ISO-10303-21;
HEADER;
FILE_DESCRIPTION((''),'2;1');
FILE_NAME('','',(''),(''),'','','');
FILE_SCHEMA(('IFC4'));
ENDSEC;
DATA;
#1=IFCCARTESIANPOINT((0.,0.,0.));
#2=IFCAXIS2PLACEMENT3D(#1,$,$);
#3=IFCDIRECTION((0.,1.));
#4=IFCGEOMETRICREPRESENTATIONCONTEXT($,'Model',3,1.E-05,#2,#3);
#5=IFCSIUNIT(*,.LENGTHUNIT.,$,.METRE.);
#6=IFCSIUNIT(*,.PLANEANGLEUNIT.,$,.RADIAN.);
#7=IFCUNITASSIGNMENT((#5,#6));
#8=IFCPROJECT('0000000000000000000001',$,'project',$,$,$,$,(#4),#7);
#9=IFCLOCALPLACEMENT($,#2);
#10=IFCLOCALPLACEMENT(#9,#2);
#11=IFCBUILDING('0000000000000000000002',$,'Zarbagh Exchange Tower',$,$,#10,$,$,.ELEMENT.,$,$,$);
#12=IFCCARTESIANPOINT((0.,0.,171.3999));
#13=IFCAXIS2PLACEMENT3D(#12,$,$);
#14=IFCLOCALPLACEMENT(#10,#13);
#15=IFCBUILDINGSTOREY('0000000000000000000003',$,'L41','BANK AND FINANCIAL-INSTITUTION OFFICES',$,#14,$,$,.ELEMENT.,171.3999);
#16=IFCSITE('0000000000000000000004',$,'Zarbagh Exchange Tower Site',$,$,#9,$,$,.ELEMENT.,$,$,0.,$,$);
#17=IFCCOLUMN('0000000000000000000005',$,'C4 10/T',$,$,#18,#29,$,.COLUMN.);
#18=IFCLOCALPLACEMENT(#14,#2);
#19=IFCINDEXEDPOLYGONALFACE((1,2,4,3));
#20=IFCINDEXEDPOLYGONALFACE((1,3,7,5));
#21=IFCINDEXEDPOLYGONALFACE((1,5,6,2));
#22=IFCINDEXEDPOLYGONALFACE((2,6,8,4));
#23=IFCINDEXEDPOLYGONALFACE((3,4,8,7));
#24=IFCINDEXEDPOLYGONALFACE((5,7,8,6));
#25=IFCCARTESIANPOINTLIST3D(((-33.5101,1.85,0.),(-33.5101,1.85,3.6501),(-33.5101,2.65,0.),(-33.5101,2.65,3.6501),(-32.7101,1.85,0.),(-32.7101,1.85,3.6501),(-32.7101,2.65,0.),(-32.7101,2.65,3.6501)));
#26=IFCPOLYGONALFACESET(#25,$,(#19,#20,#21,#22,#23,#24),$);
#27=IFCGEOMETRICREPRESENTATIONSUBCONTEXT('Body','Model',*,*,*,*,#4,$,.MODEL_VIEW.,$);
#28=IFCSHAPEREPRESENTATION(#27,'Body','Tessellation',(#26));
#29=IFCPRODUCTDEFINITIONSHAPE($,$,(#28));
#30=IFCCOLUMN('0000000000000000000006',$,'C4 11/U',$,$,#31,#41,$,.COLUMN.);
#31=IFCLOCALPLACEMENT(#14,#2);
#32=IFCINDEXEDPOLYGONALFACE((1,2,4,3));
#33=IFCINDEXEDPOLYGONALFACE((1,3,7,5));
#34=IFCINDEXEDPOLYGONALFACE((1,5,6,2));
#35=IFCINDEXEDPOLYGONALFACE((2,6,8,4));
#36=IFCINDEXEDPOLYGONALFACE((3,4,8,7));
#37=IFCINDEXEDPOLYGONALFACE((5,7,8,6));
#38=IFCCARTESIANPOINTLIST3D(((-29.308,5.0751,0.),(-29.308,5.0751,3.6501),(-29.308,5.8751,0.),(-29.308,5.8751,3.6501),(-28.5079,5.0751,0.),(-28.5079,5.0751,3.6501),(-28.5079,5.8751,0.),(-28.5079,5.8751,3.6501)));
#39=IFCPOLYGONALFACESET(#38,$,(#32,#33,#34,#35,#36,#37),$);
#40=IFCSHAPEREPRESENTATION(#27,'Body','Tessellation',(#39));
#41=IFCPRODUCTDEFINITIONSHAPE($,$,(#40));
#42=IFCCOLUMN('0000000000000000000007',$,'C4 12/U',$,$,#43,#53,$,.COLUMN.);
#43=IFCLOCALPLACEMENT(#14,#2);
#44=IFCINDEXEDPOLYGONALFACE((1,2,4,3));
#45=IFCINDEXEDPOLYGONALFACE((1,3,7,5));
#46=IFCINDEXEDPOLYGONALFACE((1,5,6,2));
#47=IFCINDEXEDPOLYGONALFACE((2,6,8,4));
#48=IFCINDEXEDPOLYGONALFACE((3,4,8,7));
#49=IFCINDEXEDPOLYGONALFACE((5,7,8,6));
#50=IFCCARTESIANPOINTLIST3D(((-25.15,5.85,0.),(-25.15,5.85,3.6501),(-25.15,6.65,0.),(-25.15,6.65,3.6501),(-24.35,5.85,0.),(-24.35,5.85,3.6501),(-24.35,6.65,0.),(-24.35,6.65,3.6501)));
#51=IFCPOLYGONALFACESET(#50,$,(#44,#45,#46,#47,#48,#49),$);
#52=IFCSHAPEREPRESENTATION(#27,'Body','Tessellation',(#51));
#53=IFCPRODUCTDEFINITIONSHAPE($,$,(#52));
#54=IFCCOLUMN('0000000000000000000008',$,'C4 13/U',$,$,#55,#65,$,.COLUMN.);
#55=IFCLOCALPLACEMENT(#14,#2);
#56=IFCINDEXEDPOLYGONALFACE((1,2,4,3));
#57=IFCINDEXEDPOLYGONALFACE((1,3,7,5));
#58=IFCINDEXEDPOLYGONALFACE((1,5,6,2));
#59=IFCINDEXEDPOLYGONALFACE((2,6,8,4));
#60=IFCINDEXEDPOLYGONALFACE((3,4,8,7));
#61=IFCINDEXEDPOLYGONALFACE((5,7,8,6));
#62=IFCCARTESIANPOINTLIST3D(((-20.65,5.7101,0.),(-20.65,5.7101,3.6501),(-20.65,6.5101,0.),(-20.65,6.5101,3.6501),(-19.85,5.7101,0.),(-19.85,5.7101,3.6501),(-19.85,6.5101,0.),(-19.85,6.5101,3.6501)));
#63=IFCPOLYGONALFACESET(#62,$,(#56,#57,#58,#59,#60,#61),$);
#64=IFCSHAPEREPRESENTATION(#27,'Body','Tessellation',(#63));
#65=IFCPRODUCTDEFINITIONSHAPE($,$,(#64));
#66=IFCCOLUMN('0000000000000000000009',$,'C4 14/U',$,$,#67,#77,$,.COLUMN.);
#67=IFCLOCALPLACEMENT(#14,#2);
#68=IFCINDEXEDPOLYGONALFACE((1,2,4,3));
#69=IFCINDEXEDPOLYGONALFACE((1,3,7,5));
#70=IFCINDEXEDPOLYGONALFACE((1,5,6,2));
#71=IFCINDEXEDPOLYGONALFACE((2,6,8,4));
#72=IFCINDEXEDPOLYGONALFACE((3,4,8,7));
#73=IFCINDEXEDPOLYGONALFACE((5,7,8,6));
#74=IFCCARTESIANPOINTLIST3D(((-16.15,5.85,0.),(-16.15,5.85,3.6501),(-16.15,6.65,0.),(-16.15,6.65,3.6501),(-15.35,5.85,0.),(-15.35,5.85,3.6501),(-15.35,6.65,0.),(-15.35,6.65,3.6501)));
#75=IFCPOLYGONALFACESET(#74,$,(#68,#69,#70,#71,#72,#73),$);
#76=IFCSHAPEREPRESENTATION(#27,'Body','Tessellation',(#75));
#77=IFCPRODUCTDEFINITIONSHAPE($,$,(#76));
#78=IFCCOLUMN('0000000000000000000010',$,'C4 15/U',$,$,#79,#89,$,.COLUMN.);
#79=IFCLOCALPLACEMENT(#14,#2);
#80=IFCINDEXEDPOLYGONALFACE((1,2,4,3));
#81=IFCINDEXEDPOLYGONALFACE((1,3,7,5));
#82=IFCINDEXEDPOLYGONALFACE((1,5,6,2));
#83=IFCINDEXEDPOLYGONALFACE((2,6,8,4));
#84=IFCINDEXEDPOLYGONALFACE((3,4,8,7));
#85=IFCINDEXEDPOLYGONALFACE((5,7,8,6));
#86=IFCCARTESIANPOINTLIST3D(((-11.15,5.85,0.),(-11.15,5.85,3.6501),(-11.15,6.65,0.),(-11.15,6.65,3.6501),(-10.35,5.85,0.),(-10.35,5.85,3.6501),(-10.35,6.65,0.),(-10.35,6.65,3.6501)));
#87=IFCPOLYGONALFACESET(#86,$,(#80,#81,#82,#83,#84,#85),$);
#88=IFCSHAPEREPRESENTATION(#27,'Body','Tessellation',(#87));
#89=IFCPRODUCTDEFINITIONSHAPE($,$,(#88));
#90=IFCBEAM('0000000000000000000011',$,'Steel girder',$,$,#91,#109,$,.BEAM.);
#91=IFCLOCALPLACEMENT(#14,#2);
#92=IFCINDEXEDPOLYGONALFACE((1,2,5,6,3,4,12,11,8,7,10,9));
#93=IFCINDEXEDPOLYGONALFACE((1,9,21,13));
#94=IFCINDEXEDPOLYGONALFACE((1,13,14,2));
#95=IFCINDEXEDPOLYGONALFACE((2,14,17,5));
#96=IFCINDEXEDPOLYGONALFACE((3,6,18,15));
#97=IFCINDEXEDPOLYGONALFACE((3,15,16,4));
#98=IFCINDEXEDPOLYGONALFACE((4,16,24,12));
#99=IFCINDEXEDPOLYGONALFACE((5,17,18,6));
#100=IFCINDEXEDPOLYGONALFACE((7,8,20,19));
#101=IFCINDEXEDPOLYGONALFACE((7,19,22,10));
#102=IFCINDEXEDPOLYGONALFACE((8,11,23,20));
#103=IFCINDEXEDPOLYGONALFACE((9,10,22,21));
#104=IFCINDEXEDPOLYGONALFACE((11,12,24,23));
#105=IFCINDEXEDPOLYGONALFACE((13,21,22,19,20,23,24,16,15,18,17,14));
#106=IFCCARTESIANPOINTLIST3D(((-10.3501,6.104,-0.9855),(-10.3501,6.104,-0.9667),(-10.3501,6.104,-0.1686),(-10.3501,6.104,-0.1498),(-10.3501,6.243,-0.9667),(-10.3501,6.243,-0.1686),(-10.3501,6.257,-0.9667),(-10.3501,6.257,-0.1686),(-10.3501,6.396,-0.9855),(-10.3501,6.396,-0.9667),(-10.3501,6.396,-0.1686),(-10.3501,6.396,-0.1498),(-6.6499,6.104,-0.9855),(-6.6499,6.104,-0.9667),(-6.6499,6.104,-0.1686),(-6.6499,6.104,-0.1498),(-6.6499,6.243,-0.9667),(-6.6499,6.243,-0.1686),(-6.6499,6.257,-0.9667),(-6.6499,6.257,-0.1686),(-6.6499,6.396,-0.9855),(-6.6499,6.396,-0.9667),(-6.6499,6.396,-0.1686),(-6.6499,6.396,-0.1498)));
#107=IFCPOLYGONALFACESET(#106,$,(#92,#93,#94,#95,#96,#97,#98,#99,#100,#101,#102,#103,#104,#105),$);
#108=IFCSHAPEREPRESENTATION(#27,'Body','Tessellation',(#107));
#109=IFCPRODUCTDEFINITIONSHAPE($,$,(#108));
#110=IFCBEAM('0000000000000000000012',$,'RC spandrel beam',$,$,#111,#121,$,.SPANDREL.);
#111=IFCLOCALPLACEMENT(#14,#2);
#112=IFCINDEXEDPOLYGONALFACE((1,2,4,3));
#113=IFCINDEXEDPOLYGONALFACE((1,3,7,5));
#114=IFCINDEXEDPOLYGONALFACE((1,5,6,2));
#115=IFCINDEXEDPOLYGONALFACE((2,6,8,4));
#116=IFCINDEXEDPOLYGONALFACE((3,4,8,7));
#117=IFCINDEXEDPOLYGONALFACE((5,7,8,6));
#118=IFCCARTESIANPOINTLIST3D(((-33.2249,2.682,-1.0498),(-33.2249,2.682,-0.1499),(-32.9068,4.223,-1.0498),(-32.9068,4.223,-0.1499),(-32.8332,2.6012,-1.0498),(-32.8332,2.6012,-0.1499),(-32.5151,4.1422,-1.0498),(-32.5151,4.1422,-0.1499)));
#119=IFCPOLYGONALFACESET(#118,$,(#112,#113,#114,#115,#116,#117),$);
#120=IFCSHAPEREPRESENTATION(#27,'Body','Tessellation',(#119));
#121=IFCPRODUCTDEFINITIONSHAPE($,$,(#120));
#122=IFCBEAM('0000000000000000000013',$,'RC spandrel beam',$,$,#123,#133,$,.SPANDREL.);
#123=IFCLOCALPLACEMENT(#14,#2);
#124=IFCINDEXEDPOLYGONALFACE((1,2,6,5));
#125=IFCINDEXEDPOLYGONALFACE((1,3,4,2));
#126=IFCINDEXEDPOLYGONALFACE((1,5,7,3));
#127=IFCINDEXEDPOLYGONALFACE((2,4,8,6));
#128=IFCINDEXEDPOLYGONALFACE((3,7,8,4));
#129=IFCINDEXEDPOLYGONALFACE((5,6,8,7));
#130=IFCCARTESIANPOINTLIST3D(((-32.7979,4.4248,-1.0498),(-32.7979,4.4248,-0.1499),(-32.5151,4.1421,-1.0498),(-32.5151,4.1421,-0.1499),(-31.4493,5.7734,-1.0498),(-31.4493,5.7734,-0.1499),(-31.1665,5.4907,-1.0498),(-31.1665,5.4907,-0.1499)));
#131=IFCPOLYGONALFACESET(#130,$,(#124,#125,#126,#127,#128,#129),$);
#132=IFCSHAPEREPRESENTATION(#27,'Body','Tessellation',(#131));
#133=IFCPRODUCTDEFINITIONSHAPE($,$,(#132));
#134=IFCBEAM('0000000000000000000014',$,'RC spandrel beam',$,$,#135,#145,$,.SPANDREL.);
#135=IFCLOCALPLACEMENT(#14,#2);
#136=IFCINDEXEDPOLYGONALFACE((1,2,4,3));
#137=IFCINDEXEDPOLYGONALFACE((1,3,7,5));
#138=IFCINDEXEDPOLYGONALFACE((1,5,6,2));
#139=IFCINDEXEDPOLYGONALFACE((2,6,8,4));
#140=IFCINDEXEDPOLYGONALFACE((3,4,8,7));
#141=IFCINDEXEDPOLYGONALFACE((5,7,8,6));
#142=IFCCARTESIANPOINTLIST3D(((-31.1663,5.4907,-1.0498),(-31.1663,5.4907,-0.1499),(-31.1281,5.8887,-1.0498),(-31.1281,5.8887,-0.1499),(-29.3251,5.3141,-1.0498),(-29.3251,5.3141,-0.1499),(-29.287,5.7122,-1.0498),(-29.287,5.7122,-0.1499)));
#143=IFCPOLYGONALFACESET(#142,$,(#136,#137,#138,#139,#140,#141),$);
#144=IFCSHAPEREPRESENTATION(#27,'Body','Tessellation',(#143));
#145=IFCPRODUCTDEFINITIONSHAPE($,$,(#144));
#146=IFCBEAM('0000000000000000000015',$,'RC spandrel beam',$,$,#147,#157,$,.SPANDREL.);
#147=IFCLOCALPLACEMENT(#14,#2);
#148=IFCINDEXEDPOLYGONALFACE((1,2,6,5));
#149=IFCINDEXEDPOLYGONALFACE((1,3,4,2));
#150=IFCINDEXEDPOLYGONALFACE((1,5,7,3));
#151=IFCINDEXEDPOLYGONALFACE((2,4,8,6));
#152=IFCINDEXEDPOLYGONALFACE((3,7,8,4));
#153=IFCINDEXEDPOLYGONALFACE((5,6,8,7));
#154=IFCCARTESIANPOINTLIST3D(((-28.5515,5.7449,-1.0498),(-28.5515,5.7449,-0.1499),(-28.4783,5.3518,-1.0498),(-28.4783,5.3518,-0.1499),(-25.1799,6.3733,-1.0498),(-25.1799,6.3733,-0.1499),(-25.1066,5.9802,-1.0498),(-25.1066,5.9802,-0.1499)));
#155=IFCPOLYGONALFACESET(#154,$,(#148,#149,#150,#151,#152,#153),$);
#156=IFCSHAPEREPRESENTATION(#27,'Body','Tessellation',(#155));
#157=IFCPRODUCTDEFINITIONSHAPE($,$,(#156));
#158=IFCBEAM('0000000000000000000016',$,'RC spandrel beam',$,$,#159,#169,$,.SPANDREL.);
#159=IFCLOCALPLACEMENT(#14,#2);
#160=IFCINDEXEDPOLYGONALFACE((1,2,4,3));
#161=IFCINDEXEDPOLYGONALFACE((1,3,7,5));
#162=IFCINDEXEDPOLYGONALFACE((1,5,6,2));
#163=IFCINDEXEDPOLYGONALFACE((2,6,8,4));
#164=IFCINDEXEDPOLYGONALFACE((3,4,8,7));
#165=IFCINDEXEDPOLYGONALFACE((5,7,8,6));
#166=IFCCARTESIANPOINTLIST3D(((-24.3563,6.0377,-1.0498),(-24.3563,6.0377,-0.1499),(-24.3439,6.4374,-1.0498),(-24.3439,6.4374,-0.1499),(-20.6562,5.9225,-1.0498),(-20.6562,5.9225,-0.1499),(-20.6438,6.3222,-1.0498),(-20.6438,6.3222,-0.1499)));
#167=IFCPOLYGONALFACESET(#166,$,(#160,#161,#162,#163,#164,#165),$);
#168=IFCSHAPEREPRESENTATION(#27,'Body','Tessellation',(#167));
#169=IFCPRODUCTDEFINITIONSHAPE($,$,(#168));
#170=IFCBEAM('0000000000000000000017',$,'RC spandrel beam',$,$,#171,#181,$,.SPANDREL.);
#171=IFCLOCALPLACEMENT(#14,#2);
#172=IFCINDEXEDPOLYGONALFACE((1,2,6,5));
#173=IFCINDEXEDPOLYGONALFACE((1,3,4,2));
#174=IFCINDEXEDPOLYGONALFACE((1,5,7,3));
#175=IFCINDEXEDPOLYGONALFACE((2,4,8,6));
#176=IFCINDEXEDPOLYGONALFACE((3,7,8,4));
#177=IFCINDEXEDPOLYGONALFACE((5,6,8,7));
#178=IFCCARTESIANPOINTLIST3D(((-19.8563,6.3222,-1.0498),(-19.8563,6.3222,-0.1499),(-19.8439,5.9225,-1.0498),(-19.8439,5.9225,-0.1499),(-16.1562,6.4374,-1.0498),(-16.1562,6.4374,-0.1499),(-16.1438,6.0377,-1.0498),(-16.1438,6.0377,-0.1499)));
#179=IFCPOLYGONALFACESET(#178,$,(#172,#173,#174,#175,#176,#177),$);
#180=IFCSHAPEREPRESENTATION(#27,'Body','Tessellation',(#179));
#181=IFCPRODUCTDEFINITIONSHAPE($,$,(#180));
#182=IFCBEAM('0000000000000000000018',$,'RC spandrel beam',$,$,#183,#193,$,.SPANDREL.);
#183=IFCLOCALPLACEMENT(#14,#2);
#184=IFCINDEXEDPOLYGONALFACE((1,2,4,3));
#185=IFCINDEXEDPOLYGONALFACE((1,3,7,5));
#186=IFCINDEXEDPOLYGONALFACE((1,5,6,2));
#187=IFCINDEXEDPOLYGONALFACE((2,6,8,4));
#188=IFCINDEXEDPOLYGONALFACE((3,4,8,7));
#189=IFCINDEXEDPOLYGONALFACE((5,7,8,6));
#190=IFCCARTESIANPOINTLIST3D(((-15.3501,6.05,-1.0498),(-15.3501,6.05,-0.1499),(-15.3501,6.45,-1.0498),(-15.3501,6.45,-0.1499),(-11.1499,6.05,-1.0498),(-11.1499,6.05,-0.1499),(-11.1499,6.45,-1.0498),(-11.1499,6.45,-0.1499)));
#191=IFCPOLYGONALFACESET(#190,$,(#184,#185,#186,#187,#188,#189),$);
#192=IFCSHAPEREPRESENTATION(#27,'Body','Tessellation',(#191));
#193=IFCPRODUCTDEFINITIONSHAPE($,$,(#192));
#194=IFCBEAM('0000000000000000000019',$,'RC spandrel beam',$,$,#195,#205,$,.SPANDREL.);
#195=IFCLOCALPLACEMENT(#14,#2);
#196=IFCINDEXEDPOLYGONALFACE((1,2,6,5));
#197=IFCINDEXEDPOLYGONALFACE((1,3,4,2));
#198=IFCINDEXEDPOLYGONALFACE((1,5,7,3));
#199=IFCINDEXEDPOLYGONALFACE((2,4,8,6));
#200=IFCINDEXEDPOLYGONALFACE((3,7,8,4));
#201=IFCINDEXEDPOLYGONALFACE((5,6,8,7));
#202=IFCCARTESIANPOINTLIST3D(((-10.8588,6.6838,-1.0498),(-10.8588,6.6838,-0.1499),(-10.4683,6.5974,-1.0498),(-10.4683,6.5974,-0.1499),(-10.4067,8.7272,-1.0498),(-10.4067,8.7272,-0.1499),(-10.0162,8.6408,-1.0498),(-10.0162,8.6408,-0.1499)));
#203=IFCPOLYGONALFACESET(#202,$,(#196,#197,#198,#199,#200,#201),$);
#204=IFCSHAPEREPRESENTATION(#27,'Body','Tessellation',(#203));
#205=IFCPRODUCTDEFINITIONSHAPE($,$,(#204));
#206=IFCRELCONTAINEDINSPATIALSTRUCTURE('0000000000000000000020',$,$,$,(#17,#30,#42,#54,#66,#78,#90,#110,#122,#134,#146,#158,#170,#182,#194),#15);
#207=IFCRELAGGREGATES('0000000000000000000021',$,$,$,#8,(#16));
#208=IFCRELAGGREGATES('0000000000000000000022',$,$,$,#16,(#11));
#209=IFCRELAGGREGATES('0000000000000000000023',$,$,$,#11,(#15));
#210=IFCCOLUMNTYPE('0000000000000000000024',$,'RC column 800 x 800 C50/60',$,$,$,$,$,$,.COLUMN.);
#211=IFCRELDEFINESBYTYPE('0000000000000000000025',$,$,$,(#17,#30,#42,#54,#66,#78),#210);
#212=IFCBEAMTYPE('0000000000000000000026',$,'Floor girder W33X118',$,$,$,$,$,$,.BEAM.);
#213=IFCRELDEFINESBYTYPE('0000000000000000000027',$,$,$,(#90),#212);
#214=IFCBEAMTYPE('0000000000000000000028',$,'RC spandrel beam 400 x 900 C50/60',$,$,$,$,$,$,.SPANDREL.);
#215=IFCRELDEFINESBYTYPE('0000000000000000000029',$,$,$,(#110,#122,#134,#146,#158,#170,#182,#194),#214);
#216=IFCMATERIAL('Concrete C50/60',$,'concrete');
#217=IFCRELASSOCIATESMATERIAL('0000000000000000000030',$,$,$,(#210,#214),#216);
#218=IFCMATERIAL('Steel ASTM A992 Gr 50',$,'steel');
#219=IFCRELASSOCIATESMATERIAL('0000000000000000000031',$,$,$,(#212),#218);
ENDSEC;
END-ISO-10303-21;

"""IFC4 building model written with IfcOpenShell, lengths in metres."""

from ifc_helpers import new_model, si_unit, direction, frame, origin, origin_2d, place, context, subcontext, project, spatial, rectangle, i_section, extrude, material, material_profile, profile_set, type_object, element, save


model = new_model("IFC4")

# Units and contexts
model_context = context("Model", 3, precision=1e-05, world=origin(), true_north=direction((0.0, 1.0)))
body_context = subcontext(model_context, "Body", "Model", "MODEL_VIEW")
ifc_project = project(units=[si_unit("LENGTHUNIT", "METRE"), si_unit("PLANEANGLEUNIT", "RADIAN")], contexts=[model_context])

# Site, building, storey
site_placement = place(None, origin())
site = spatial("IfcSite", under=ifc_project, at=site_placement, Name="Zarbagh Exchange Tower Site", CompositionType="ELEMENT", RefElevation=0.0)
building_placement = place(site_placement, origin())
building = spatial("IfcBuilding", under=site, at=building_placement, Name="Zarbagh Exchange Tower", CompositionType="ELEMENT")
storey_placement = place(building_placement, frame((0.0, 0.0, 171.3999)))
storey = spatial("IfcBuildingStorey", under=building, at=storey_placement, Name="L41", Description="BANK AND FINANCIAL-INSTITUTION OFFICES", CompositionType="ELEMENT", Elevation=171.3999)

# Columns
ifc_material_1 = material(Name="Concrete C50/60", Category="concrete")
ifc_material_profile_1 = material_profile(ifc_material_1, rectangle(XDim=0.8, YDim=0.8, at=origin_2d()), Name="RC column 800 x 800 C50/60")
ifc_profile_set_1 = profile_set([ifc_material_profile_1], Name="Concrete C50/60")
column_type = type_object("IfcColumnType", Name="RC column 800 x 800 C50/60", PredefinedType="COLUMN", material=ifc_profile_set_1)
for number, where, z_axis, x_axis, name in (
    (1, (-33.1101, 2.25, 0.0), (0.0, 0.0, 1.0), (1.0, 0.0, 0.0), "C4 10/T"),
    (2, (-28.908, 5.4751, 0.0), (0.0, 0.0, 1.0), (1.0, 0.0, 0.0), "C4 11/U"),
    (3, (-24.75, 6.25, 0.0), (0.0, 0.0, 1.0), (1.0, 0.0, 0.0), "C4 12/U"),
    (4, (-20.25, 6.1101, 0.0), (0.0, 0.0, 1.0), (1.0, 0.0, 0.0), "C4 13/U"),
    (5, (-15.75, 6.25, 0.0), (0.0, 0.0, 1.0), (1.0, 0.0, 0.0), "C4 14/U"),
    (6, (-10.75, 6.25, 0.0), (0.0, 0.0, 1.0), (1.0, 0.0, 0.0), "C4 15/U"),
):
    element("IfcColumn", number, at=place(storey_placement, frame(where, z_axis=z_axis, x_axis=x_axis)), inside=storey, type_object=column_type, Name=name, PredefinedType="COLUMN", context=body_context, shape_type="SweptSolid", body=[
        extrude(rectangle(XDim=0.8, YDim=0.8, at=origin_2d()), origin(), (0.0, 0.0, 1.0), 3.6501),
    ])

# Beams
ifc_material_2 = material(Name="Steel ASTM A992 Gr 50", Category="steel")
ifc_material_profile_2 = material_profile(ifc_material_2, i_section(OverallWidth=0.292, OverallDepth=0.8357, WebThickness=0.0139, FlangeThickness=0.0188, at=origin_2d()), Name="W33X118")
ifc_profile_set_2 = profile_set([ifc_material_profile_2], Name="Steel ASTM A992 Gr 50")
beam_type_1 = type_object("IfcBeamType", Name="Floor girder W33X118", PredefinedType="BEAM", material=ifc_profile_set_2)
beam_1_placement = place(storey_placement, frame((-10.3501, 6.25, -0.5676), z_axis=(1.0, 0.0, 0.0), x_axis=(0.0, 1.0, 0.0)))
element("IfcBeam", 7, at=beam_1_placement, inside=storey, type_object=beam_type_1, Name="Steel girder", PredefinedType="BEAM", context=body_context, shape_type="SweptSolid", body=[
    extrude(i_section(OverallWidth=0.292, OverallDepth=0.8357, WebThickness=0.0139, FlangeThickness=0.0188, at=origin_2d()), origin(), (0.0, 0.0, 1.0), 3.7002),
])
ifc_material_profile_3 = material_profile(ifc_material_1, rectangle(XDim=0.3999, YDim=0.8999, at=origin_2d()), Name="RC spandrel beam 400 x 900 C50/60")
ifc_profile_set_3 = profile_set([ifc_material_profile_3], Name="Concrete C50/60")
beam_type_2 = type_object("IfcBeamType", Name="RC spandrel beam 400 x 900 C50/60", PredefinedType="SPANDREL", material=ifc_profile_set_3)
beam_2_placement = place(storey_placement, frame((-33.0291, 2.6416, -0.5999), z_axis=(0.202169, 0.979351, 0.0), x_axis=(-0.979351, 0.202169, 0.0)))
element("IfcBeam", 8, at=beam_2_placement, inside=storey, type_object=beam_type_2, Name="RC spandrel beam", PredefinedType="SPANDREL", context=body_context, shape_type="SweptSolid", body=[
    extrude(rectangle(XDim=0.3999, YDim=0.8999, at=origin_2d()), origin(), (0.0, 0.0, 1.0), 1.5735),
])
beam_3_placement = place(storey_placement, frame((-32.6565, 4.2834, -0.5999), z_axis=(0.707107, 0.707107, 0.0), x_axis=(-0.707107, 0.707107, 0.0)))
element("IfcBeam", 9, at=beam_3_placement, inside=storey, type_object=beam_type_2, Name="RC spandrel beam", PredefinedType="SPANDREL", context=body_context, shape_type="SweptSolid", body=[
    extrude(rectangle(XDim=0.3999, YDim=0.8999, at=origin_2d()), origin(), (0.0, 0.0, 1.0), 1.9072),
])
beam_4_placement = place(storey_placement, frame((-31.1472, 5.6897, -0.5999), z_axis=(0.995435, -0.095438, 0.0), x_axis=(0.095438, 0.995435, 0.0)))
element("IfcBeam", 10, at=beam_4_placement, inside=storey, type_object=beam_type_2, Name="RC spandrel beam", PredefinedType="SPANDREL", context=body_context, shape_type="SweptSolid", body=[
    extrude(rectangle(XDim=0.3999, YDim=0.8999, at=origin_2d()), origin(), (0.0, 0.0, 1.0), 1.8496),
])
beam_5_placement = place(storey_placement, frame((-28.5149, 5.5483, -0.5999), z_axis=(0.98307, 0.183231, 0.0), x_axis=(-0.183231, 0.98307, 0.0)))
element("IfcBeam", 11, at=beam_5_placement, inside=storey, type_object=beam_type_2, Name="RC spandrel beam", PredefinedType="SPANDREL", context=body_context, shape_type="SweptSolid", body=[
    extrude(rectangle(XDim=0.3999, YDim=0.8999, at=origin_2d()), origin(), (0.0, 0.0, 1.0), 3.4297),
])
for number, where, z_axis, x_axis, name in (
    (12, (-24.3501, 6.2375, -0.5999), (0.999515, -0.031128, 0.0), (0.031128, 0.999515, 0.0), "RC spandrel beam"),
    (13, (-19.8501, 6.1223, -0.5999), (0.999515, 0.031128, 0.0), (-0.031128, 0.999515, 0.0), "RC spandrel beam"),
):
    element("IfcBeam", number, at=place(storey_placement, frame(where, z_axis=z_axis, x_axis=x_axis)), inside=storey, type_object=beam_type_2, Name=name, PredefinedType="SPANDREL", context=body_context, shape_type="SweptSolid", body=[
        extrude(rectangle(XDim=0.3999, YDim=0.8999, at=origin_2d()), origin(), (0.0, 0.0, 1.0), 3.7019),
    ])
beam_6_placement = place(storey_placement, frame((-15.3501, 6.25, -0.5999), z_axis=(1.0, 0.0, 0.0), x_axis=(0.0, 1.0, 0.0)))
element("IfcBeam", 14, at=beam_6_placement, inside=storey, type_object=beam_type_2, Name="RC spandrel beam", PredefinedType="SPANDREL", context=body_context, shape_type="SweptSolid", body=[
    extrude(rectangle(XDim=0.3999, YDim=0.8999, at=origin_2d()), origin(), (0.0, 0.0, 1.0), 4.2002),
])
beam_7_placement = place(storey_placement, frame((-10.6636, 6.6406, -0.5999), z_axis=(0.216041, 0.976384, 0.0), x_axis=(-0.976384, 0.216041, 0.0)))
element("IfcBeam", 15, at=beam_7_placement, inside=storey, type_object=beam_type_2, Name="RC spandrel beam", PredefinedType="SPANDREL", context=body_context, shape_type="SweptSolid", body=[
    extrude(rectangle(XDim=0.3999, YDim=0.8999, at=origin_2d()), origin(), (0.0, 0.0, 1.0), 2.0928),
])

save(model, "model.ifc")
